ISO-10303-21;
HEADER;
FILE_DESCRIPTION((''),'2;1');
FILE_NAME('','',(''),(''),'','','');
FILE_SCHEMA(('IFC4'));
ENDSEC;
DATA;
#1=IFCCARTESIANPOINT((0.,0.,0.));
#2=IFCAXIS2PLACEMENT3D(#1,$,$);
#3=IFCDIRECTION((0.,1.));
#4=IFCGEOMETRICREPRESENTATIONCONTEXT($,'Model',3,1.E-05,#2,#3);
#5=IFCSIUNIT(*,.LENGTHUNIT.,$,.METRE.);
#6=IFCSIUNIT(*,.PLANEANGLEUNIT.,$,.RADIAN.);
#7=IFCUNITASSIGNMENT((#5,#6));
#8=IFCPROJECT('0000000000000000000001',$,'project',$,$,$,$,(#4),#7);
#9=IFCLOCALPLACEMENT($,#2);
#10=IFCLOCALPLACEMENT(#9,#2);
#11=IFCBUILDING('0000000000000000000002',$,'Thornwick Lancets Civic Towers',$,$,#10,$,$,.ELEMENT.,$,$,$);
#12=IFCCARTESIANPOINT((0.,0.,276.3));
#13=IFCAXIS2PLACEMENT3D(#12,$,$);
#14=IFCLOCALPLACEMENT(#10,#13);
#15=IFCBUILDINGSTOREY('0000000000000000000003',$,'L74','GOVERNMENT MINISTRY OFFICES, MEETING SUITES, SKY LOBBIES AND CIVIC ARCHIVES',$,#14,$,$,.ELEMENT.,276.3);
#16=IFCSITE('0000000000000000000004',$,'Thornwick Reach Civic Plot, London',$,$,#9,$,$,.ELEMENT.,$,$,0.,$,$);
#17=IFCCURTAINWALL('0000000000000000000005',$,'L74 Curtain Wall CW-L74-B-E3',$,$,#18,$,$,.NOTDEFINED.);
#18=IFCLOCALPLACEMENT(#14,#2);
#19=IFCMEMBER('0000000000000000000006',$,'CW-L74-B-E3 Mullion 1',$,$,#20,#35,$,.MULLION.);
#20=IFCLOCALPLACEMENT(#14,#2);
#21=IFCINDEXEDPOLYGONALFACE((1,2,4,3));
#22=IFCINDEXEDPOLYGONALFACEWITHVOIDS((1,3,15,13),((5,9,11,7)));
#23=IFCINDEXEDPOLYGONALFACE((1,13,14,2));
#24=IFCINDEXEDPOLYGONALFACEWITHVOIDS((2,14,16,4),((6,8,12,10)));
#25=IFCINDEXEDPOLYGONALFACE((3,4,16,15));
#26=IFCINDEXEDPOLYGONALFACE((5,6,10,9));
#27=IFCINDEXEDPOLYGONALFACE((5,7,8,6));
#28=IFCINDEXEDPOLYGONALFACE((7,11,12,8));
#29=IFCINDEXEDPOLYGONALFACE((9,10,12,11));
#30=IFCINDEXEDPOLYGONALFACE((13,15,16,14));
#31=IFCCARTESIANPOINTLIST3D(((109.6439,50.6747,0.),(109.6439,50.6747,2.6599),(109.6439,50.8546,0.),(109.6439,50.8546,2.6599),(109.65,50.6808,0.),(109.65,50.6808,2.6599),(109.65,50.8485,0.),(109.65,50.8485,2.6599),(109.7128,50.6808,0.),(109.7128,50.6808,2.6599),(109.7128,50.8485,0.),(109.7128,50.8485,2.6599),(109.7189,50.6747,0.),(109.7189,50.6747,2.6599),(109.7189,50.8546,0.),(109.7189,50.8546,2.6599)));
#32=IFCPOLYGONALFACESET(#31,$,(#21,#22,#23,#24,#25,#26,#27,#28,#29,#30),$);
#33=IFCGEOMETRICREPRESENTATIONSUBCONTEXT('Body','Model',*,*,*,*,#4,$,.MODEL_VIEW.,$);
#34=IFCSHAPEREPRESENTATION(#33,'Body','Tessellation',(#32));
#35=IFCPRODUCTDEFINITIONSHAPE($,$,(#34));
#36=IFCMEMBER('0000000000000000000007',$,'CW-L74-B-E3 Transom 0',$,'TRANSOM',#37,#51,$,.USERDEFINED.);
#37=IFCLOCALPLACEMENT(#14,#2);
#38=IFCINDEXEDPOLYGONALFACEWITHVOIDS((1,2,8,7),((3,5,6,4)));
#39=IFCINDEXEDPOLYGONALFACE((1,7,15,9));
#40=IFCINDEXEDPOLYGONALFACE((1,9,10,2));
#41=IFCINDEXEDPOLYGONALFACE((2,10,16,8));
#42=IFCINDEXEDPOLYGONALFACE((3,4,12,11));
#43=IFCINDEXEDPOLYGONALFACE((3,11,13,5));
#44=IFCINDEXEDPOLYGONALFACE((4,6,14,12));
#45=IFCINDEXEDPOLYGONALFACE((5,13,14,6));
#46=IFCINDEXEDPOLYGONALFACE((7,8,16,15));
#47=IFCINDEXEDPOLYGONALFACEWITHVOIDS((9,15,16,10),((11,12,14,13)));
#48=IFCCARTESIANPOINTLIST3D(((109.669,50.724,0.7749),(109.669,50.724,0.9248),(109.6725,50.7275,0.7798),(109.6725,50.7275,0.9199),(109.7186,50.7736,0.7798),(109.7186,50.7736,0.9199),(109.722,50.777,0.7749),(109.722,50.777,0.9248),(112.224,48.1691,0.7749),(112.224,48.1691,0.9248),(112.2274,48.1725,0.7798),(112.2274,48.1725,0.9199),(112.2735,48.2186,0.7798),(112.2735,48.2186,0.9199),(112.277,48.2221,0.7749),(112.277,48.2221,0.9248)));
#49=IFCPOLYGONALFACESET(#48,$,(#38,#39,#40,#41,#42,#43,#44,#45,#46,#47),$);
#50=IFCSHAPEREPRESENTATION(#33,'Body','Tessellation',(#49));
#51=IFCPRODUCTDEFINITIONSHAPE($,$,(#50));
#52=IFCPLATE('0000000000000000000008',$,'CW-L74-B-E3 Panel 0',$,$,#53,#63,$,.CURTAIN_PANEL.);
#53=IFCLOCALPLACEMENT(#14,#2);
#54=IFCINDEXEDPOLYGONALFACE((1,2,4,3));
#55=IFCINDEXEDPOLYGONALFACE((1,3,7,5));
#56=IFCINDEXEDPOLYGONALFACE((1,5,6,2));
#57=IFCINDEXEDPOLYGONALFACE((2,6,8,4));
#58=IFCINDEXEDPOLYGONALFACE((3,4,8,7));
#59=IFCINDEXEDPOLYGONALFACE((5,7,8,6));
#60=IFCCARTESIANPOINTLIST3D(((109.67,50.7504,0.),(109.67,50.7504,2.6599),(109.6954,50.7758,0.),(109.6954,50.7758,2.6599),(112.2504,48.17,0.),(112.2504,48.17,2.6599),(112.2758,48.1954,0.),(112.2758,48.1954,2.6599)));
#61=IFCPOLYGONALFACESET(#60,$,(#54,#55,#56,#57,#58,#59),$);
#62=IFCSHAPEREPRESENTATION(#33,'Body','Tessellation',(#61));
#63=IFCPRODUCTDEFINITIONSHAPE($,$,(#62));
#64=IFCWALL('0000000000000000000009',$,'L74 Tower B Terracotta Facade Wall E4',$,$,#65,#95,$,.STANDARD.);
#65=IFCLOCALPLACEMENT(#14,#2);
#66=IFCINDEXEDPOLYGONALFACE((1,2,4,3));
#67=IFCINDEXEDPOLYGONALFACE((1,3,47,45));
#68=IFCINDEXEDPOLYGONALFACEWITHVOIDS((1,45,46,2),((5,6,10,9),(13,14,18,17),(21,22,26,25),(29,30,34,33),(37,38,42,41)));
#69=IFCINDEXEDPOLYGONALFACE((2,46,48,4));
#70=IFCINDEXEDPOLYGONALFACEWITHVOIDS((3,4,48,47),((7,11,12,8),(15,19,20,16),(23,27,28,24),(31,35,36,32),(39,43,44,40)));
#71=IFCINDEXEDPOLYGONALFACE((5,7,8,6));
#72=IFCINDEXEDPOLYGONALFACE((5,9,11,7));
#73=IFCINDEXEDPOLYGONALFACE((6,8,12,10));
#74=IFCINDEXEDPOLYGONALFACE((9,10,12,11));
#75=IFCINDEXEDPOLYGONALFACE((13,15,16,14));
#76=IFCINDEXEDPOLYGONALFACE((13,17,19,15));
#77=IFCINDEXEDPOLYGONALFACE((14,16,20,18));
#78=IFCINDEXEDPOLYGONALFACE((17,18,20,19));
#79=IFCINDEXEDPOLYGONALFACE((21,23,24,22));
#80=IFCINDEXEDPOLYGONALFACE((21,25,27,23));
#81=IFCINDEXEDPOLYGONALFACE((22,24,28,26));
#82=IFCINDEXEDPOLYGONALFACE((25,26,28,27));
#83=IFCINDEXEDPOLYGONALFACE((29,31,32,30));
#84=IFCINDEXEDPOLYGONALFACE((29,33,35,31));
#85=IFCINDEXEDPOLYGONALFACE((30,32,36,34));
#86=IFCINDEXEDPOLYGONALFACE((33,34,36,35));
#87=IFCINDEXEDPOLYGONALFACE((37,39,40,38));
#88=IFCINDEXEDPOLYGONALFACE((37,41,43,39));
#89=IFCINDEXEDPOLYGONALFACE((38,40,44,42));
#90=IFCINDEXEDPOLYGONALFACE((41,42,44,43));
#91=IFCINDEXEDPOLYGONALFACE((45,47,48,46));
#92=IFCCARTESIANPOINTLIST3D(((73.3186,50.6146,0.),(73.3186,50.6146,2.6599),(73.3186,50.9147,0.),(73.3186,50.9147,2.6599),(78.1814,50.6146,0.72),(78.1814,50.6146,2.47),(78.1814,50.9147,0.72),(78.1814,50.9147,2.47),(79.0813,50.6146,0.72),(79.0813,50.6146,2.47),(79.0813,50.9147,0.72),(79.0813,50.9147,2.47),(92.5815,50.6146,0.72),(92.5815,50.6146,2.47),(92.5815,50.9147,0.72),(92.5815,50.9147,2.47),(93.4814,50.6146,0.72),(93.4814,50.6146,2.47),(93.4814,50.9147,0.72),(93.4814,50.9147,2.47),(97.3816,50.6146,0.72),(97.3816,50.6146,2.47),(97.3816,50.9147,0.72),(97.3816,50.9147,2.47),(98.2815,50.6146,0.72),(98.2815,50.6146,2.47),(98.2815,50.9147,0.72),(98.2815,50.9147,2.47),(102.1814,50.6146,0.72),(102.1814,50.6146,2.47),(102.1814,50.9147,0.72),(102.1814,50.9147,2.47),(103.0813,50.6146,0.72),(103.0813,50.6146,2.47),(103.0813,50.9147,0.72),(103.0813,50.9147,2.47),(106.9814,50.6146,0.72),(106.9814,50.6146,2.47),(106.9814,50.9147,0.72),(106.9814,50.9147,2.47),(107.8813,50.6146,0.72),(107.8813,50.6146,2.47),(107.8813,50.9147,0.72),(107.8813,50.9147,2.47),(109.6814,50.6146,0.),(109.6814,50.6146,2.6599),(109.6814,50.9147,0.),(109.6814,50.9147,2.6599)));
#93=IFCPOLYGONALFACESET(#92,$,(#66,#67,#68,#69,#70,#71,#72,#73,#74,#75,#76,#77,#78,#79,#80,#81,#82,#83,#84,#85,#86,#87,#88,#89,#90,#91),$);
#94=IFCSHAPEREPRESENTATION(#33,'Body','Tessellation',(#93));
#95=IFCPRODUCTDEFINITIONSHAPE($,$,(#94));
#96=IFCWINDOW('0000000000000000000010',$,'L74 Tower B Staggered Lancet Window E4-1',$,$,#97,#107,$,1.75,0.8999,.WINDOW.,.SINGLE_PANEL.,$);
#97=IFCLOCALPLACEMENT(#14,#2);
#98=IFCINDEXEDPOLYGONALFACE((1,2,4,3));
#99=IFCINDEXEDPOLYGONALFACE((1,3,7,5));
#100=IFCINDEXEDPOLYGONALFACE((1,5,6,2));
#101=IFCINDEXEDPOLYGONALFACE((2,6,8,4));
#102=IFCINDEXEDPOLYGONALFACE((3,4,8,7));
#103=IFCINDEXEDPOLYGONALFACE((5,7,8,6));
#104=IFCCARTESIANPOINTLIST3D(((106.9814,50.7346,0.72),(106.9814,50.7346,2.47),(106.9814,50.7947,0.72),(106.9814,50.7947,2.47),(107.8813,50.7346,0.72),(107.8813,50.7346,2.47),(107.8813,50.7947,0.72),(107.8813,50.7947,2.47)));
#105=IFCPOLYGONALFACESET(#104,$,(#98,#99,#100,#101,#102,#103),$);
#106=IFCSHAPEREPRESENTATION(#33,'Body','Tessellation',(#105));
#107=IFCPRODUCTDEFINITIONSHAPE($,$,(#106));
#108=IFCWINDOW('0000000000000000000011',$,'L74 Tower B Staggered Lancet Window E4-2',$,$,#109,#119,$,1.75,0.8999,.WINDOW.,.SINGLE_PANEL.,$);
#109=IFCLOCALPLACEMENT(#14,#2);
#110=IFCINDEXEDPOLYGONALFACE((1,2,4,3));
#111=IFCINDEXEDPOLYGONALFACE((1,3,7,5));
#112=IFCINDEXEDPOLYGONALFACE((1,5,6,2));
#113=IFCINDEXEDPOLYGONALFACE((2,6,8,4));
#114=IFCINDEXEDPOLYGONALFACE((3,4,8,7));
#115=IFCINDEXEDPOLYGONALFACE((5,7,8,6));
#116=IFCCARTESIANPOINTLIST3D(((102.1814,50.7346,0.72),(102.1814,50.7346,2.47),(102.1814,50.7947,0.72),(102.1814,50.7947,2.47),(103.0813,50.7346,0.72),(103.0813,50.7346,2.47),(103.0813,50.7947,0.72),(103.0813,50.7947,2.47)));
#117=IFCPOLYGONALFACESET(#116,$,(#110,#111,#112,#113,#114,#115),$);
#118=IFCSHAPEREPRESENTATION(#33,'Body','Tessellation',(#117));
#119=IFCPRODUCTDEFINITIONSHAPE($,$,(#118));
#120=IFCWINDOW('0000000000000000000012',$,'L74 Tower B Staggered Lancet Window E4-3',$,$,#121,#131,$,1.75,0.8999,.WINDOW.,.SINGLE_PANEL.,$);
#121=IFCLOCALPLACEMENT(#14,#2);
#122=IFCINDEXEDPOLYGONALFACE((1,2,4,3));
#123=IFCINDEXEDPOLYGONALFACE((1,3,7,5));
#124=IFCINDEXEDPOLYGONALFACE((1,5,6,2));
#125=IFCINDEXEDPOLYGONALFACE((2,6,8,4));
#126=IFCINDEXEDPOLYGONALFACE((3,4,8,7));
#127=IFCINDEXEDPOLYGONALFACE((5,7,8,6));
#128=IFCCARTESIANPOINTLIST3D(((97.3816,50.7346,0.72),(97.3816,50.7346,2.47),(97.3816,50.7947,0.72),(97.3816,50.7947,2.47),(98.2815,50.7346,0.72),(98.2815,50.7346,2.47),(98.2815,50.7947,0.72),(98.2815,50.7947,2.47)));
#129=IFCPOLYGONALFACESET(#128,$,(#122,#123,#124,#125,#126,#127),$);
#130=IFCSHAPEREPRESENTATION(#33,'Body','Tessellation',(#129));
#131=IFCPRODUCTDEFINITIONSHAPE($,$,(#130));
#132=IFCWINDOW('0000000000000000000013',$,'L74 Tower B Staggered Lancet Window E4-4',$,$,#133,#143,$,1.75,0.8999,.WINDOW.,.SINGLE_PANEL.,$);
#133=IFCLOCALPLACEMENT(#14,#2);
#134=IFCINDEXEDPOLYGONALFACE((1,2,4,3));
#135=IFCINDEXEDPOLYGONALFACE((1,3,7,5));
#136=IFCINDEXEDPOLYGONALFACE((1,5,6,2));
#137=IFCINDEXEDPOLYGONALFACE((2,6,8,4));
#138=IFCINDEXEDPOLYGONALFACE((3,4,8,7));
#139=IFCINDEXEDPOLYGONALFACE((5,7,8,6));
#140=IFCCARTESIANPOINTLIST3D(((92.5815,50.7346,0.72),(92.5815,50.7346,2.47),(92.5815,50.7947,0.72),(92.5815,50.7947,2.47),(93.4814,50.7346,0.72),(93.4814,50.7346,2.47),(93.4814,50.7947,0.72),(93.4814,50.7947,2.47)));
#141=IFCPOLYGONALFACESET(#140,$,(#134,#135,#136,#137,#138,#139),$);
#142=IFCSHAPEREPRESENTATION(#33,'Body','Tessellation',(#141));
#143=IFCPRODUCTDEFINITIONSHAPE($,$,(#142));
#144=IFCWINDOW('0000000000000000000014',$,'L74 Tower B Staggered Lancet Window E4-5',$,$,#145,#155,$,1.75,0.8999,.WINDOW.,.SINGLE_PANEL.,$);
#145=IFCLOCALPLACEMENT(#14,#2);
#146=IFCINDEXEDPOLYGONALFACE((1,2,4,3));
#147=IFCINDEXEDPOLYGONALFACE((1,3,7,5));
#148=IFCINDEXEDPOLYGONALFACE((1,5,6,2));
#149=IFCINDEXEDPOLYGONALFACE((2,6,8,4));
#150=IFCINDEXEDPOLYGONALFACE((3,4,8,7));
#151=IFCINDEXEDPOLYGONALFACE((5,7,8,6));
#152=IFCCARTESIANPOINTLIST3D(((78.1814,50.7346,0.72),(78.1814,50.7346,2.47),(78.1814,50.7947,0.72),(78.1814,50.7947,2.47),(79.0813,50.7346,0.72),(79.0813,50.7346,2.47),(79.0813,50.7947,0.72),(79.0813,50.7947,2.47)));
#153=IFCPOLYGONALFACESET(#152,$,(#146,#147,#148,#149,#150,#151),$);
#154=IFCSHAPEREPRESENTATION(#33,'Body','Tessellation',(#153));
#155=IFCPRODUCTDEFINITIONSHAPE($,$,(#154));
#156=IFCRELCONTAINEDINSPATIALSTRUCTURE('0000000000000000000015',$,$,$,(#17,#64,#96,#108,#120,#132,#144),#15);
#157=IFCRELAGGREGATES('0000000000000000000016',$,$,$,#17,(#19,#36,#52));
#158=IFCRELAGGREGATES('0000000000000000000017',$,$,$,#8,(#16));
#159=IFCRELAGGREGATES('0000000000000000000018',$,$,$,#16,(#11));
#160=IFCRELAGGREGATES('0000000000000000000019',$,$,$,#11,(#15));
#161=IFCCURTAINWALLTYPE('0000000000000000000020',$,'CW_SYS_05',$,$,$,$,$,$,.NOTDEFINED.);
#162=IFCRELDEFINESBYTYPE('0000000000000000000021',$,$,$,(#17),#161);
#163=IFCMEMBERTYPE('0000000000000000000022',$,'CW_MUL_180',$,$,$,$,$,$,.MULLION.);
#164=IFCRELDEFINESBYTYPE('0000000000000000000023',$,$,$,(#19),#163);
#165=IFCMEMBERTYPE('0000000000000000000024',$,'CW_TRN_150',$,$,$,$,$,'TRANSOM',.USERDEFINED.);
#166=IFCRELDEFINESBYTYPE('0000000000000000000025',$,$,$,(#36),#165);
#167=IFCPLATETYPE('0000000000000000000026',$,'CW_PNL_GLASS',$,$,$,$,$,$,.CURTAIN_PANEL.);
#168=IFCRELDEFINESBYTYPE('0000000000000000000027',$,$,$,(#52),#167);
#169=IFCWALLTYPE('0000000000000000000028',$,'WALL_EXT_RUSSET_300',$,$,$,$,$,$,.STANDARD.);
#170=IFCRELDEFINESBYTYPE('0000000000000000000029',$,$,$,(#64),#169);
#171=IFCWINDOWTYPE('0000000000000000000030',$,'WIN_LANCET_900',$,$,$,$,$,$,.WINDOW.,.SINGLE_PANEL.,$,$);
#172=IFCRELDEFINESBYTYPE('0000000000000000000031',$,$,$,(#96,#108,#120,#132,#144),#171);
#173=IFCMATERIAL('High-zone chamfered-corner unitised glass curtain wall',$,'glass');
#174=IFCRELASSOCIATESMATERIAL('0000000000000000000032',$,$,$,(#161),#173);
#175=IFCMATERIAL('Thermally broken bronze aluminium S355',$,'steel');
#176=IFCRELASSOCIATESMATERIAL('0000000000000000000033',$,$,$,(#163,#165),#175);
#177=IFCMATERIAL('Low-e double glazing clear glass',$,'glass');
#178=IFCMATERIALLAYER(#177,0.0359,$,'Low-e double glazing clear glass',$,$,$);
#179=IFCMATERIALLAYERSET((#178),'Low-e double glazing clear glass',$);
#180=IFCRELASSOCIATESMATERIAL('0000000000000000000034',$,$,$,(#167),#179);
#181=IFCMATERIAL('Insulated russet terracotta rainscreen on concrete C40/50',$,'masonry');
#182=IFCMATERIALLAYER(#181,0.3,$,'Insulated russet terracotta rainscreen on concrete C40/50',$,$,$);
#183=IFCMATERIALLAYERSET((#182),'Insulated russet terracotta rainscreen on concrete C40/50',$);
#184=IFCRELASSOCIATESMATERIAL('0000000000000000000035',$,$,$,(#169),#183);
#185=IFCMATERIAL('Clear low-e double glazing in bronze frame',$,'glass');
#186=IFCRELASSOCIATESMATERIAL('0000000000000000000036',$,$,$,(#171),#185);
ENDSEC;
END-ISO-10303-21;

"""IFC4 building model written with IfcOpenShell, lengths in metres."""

from ifc_helpers import new_model, si_unit, direction, frame, frame_2d, origin, origin_2d, place, context, subcontext, project, spatial, rectangle, hollow_rectangle, extrude, material, layer, layer_set, material_profile, profile_set, type_object, element, fill, aggregate, save


model = new_model("IFC4")

# Units and contexts
model_context = context("Model", 3, precision=1e-05, world=origin(), true_north=direction((0.0, 1.0)))
body_context = subcontext(model_context, "Body", "Model", "MODEL_VIEW")
ifc_project = project(units=[si_unit("LENGTHUNIT", "METRE"), si_unit("PLANEANGLEUNIT", "RADIAN")], contexts=[model_context])

# Site, building, storey
site_placement = place(None, origin())
site = spatial("IfcSite", under=ifc_project, at=site_placement, Name="Thornwick Reach Civic Plot, London", CompositionType="ELEMENT", RefElevation=0.0)
building_placement = place(site_placement, origin())
building = spatial("IfcBuilding", under=site, at=building_placement, Name="Thornwick Lancets Civic Towers", CompositionType="ELEMENT")
storey_placement = place(building_placement, frame((0.0, 0.0, 276.3)))
storey = spatial("IfcBuildingStorey", under=building, at=storey_placement, Name="L74", Description="GOVERNMENT MINISTRY OFFICES, MEETING SUITES, SKY LOBBIES AND CIVIC ARCHIVES", CompositionType="ELEMENT", Elevation=276.3)

# Curtain wall, members, plate
ifc_material_1 = material(Name="High-zone chamfered-corner unitised glass curtain wall", Category="glass")
curtain_wall_type = type_object("IfcCurtainWallType", Name="CW_SYS_05", PredefinedType="NOTDEFINED", material=ifc_material_1)
curtain_wall_placement = place(storey_placement, origin())
curtain_wall = element("IfcCurtainWall", 1, at=curtain_wall_placement, inside=storey, type_object=curtain_wall_type, Name="L74 Curtain Wall CW-L74-B-E3", PredefinedType="NOTDEFINED")
ifc_material_2 = material(Name="Thermally broken bronze aluminium S355", Category="steel")
ifc_material_profile_1 = material_profile(ifc_material_2, hollow_rectangle(XDim=0.075, YDim=0.1799, WallThickness=0.0061, at=origin_2d()), Name="RHS 180x75x6")
ifc_profile_set_1 = profile_set([ifc_material_profile_1], Name="Thermally broken bronze aluminium S355")
member_type_1 = type_object("IfcMemberType", Name="CW_MUL_180", PredefinedType="MULLION", material=ifc_profile_set_1)
member_1_placement = place(storey_placement, frame((109.6814, 50.7646, 0.0), z_axis=(0.0, 0.0, 1.0), x_axis=(1.0, 0.0, 0.0)))
member_1 = element("IfcMember", 2, at=member_1_placement, type_object=member_type_1, Name="CW-L74-B-E3 Mullion 1", PredefinedType="MULLION", context=body_context, shape_type="SweptSolid", body=[
    extrude(hollow_rectangle(XDim=0.075, YDim=0.1799, WallThickness=0.0061, at=origin_2d()), origin(), (0.0, 0.0, 1.0), 2.6599),
])
ifc_material_profile_2 = material_profile(ifc_material_2, hollow_rectangle(XDim=0.075, YDim=0.1499, WallThickness=0.0049, at=origin_2d()), Name="RHS 150x75x5")
ifc_profile_set_2 = profile_set([ifc_material_profile_2], Name="Thermally broken bronze aluminium S355")
member_type_2 = type_object("IfcMemberType", Name="CW_TRN_150", ElementType="TRANSOM", PredefinedType="USERDEFINED", material=ifc_profile_set_2)
member_2_placement = place(storey_placement, frame((112.2505, 48.1956, 0.8499), z_axis=(-0.707107, 0.707107, 0.0), x_axis=(-0.707107, -0.707107, 0.0)))
member_2 = element("IfcMember", 3, at=member_2_placement, type_object=member_type_2, Name="CW-L74-B-E3 Transom 0", ObjectType="TRANSOM", PredefinedType="USERDEFINED", context=body_context, shape_type="SweptSolid", body=[
    extrude(hollow_rectangle(XDim=0.075, YDim=0.1499, WallThickness=0.0049, at=origin_2d()), origin(), (0.0, 0.0, 1.0), 3.6133),
])
ifc_material_3 = material(Name="Low-e double glazing clear glass", Category="glass")
ifc_layer_1 = layer(ifc_material_3, 0.0359, Name="Low-e double glazing clear glass")
ifc_layer_set_1 = layer_set([ifc_layer_1], Name="Low-e double glazing clear glass")
plate_type = type_object("IfcPlateType", Name="CW_PNL_GLASS", PredefinedType="CURTAIN_PANEL", material=ifc_layer_set_1)
plate_placement = place(storey_placement, frame((110.9729, 49.4729, 0.0), z_axis=(0.0, 0.0, 1.0), x_axis=(-0.707107, 0.707107, 0.0)))
plate = element("IfcPlate", 4, at=plate_placement, type_object=plate_type, Name="CW-L74-B-E3 Panel 0", PredefinedType="CURTAIN_PANEL", context=body_context, shape_type="SweptSolid", body=[
    extrude(rectangle(XDim=3.6492, YDim=0.0359, at=origin_2d()), origin(), (0.0, 0.0, 1.0), 2.6599),
])
aggregate(curtain_wall, [member_1, member_2, plate])

# Wall, openings, windows
ifc_material_4 = material(Name="Insulated russet terracotta rainscreen on concrete C40/50", Category="masonry")
ifc_layer_2 = layer(ifc_material_4, 0.3, Name="Insulated russet terracotta rainscreen on concrete C40/50")
ifc_layer_set_2 = layer_set([ifc_layer_2], Name="Insulated russet terracotta rainscreen on concrete C40/50")
wall_type_1 = type_object("IfcWallType", Name="WALL_EXT_RUSSET_300", PredefinedType="STANDARD", material=ifc_layer_set_2)
wall_1_placement = place(storey_placement, frame((109.6814, 50.7646, 0.0), z_axis=(0.0, 0.0, 1.0), x_axis=(-1.0, 0.0, 0.0)))
wall_1 = element("IfcWall", 5, at=wall_1_placement, inside=storey, type_object=wall_type_1, Name="L74 Tower B Terracotta Facade Wall E4", PredefinedType="STANDARD", context=body_context, shape_type="SweptSolid", body=[
    extrude(rectangle(XDim=36.3628, YDim=0.3, at=frame_2d((18.1814, 0.0))), origin(), (0.0, 0.0, 1.0), 2.6599),
])
opening_1_placement = place(wall_1_placement, frame((1.8, 0.0, 0.72)))
opening_1 = element("IfcOpeningElement", 6, at=opening_1_placement, cuts=wall_1, PredefinedType="OPENING", context=body_context, shape_type="SweptSolid", body=[
    extrude(rectangle(XDim=0.8999, YDim=1.75, at=frame_2d((0.45, 0.875))), frame((0.0, 0.1602, 0.0), z_axis=(0.0, -1.0, 0.0), x_axis=(1.0, 0.0, 0.0)), (0.0, 0.0, 1.0), 0.3201),
])
opening_2_placement = place(wall_1_placement, frame((6.6001, 0.0, 0.72)))
opening_2 = element("IfcOpeningElement", 7, at=opening_2_placement, cuts=wall_1, PredefinedType="OPENING", context=body_context, shape_type="SweptSolid", body=[
    extrude(rectangle(XDim=0.8999, YDim=1.75, at=frame_2d((0.45, 0.875))), frame((0.0, 0.1602, 0.0), z_axis=(0.0, -1.0, 0.0), x_axis=(1.0, 0.0, 0.0)), (0.0, 0.0, 1.0), 0.3201),
])
opening_3_placement = place(wall_1_placement, frame((11.3999, 0.0, 0.72)))
opening_3 = element("IfcOpeningElement", 8, at=opening_3_placement, cuts=wall_1, PredefinedType="OPENING", context=body_context, shape_type="SweptSolid", body=[
    extrude(rectangle(XDim=0.8999, YDim=1.75, at=frame_2d((0.45, 0.875))), frame((0.0, 0.1602, 0.0), z_axis=(0.0, -1.0, 0.0), x_axis=(1.0, 0.0, 0.0)), (0.0, 0.0, 1.0), 0.3201),
])
opening_4_placement = place(wall_1_placement, frame((16.2, 0.0, 0.72)))
opening_4 = element("IfcOpeningElement", 9, at=opening_4_placement, cuts=wall_1, PredefinedType="OPENING", context=body_context, shape_type="SweptSolid", body=[
    extrude(rectangle(XDim=0.8999, YDim=1.75, at=frame_2d((0.45, 0.875))), frame((0.0, 0.1602, 0.0), z_axis=(0.0, -1.0, 0.0), x_axis=(1.0, 0.0, 0.0)), (0.0, 0.0, 1.0), 0.3201),
])
opening_5_placement = place(wall_1_placement, frame((30.6001, 0.0, 0.72)))
opening_5 = element("IfcOpeningElement", 10, at=opening_5_placement, cuts=wall_1, PredefinedType="OPENING", context=body_context, shape_type="SweptSolid", body=[
    extrude(rectangle(XDim=0.8999, YDim=1.75, at=frame_2d((0.45, 0.875))), frame((0.0, 0.1602, 0.0), z_axis=(0.0, -1.0, 0.0), x_axis=(1.0, 0.0, 0.0)), (0.0, 0.0, 1.0), 0.3201),
])
ifc_material_5 = material(Name="Clear low-e double glazing in bronze frame", Category="glass")
window_type = type_object("IfcWindowType", Name="WIN_LANCET_900", PartitioningType="SINGLE_PANEL", PredefinedType="WINDOW", material=ifc_material_5)
window_1_placement = place(opening_1_placement, origin())
window_1 = element("IfcWindow", 11, at=window_1_placement, inside=storey, type_object=window_type, Name="L74 Tower B Staggered Lancet Window E4-1", OverallHeight=1.75, OverallWidth=0.8999, PartitioningType="SINGLE_PANEL", PredefinedType="WINDOW", context=body_context, shape_type="SweptSolid", body=[
    extrude(rectangle(XDim=0.8999, YDim=1.75, at=frame_2d((0.45, 0.875))), frame((0.0, 0.03, 0.0), z_axis=(0.0, -1.0, 0.0), x_axis=(1.0, 0.0, 0.0)), (0.0, 0.0, 1.0), 0.0601),
])
fill(opening_1, window_1)
window_2_placement = place(opening_2_placement, origin())
window_2 = element("IfcWindow", 12, at=window_2_placement, inside=storey, type_object=window_type, Name="L74 Tower B Staggered Lancet Window E4-2", OverallHeight=1.75, OverallWidth=0.8999, PartitioningType="SINGLE_PANEL", PredefinedType="WINDOW", context=body_context, shape_type="SweptSolid", body=[
    extrude(rectangle(XDim=0.8999, YDim=1.75, at=frame_2d((0.45, 0.875))), frame((0.0, 0.03, 0.0), z_axis=(0.0, -1.0, 0.0), x_axis=(1.0, 0.0, 0.0)), (0.0, 0.0, 1.0), 0.0601),
])
fill(opening_2, window_2)
window_3_placement = place(opening_3_placement, origin())
window_3 = element("IfcWindow", 13, at=window_3_placement, inside=storey, type_object=window_type, Name="L74 Tower B Staggered Lancet Window E4-3", OverallHeight=1.75, OverallWidth=0.8999, PartitioningType="SINGLE_PANEL", PredefinedType="WINDOW", context=body_context, shape_type="SweptSolid", body=[
    extrude(rectangle(XDim=0.8999, YDim=1.75, at=frame_2d((0.45, 0.875))), frame((0.0, 0.03, 0.0), z_axis=(0.0, -1.0, 0.0), x_axis=(1.0, 0.0, 0.0)), (0.0, 0.0, 1.0), 0.0601),
])
fill(opening_3, window_3)
window_4_placement = place(opening_4_placement, origin())
window_4 = element("IfcWindow", 14, at=window_4_placement, inside=storey, type_object=window_type, Name="L74 Tower B Staggered Lancet Window E4-4", OverallHeight=1.75, OverallWidth=0.8999, PartitioningType="SINGLE_PANEL", PredefinedType="WINDOW", context=body_context, shape_type="SweptSolid", body=[
    extrude(rectangle(XDim=0.8999, YDim=1.75, at=frame_2d((0.45, 0.875))), frame((0.0, 0.03, 0.0), z_axis=(0.0, -1.0, 0.0), x_axis=(1.0, 0.0, 0.0)), (0.0, 0.0, 1.0), 0.0601),
])
fill(opening_4, window_4)
window_5_placement = place(opening_5_placement, origin())
window_5 = element("IfcWindow", 15, at=window_5_placement, inside=storey, type_object=window_type, Name="L74 Tower B Staggered Lancet Window E4-5", OverallHeight=1.75, OverallWidth=0.8999, PartitioningType="SINGLE_PANEL", PredefinedType="WINDOW", context=body_context, shape_type="SweptSolid", body=[
    extrude(rectangle(XDim=0.8999, YDim=1.75, at=frame_2d((0.45, 0.875))), frame((0.0, 0.03, 0.0), z_axis=(0.0, -1.0, 0.0), x_axis=(1.0, 0.0, 0.0)), (0.0, 0.0, 1.0), 0.0601),
])
fill(opening_5, window_5)

save(model, "model.ifc")
